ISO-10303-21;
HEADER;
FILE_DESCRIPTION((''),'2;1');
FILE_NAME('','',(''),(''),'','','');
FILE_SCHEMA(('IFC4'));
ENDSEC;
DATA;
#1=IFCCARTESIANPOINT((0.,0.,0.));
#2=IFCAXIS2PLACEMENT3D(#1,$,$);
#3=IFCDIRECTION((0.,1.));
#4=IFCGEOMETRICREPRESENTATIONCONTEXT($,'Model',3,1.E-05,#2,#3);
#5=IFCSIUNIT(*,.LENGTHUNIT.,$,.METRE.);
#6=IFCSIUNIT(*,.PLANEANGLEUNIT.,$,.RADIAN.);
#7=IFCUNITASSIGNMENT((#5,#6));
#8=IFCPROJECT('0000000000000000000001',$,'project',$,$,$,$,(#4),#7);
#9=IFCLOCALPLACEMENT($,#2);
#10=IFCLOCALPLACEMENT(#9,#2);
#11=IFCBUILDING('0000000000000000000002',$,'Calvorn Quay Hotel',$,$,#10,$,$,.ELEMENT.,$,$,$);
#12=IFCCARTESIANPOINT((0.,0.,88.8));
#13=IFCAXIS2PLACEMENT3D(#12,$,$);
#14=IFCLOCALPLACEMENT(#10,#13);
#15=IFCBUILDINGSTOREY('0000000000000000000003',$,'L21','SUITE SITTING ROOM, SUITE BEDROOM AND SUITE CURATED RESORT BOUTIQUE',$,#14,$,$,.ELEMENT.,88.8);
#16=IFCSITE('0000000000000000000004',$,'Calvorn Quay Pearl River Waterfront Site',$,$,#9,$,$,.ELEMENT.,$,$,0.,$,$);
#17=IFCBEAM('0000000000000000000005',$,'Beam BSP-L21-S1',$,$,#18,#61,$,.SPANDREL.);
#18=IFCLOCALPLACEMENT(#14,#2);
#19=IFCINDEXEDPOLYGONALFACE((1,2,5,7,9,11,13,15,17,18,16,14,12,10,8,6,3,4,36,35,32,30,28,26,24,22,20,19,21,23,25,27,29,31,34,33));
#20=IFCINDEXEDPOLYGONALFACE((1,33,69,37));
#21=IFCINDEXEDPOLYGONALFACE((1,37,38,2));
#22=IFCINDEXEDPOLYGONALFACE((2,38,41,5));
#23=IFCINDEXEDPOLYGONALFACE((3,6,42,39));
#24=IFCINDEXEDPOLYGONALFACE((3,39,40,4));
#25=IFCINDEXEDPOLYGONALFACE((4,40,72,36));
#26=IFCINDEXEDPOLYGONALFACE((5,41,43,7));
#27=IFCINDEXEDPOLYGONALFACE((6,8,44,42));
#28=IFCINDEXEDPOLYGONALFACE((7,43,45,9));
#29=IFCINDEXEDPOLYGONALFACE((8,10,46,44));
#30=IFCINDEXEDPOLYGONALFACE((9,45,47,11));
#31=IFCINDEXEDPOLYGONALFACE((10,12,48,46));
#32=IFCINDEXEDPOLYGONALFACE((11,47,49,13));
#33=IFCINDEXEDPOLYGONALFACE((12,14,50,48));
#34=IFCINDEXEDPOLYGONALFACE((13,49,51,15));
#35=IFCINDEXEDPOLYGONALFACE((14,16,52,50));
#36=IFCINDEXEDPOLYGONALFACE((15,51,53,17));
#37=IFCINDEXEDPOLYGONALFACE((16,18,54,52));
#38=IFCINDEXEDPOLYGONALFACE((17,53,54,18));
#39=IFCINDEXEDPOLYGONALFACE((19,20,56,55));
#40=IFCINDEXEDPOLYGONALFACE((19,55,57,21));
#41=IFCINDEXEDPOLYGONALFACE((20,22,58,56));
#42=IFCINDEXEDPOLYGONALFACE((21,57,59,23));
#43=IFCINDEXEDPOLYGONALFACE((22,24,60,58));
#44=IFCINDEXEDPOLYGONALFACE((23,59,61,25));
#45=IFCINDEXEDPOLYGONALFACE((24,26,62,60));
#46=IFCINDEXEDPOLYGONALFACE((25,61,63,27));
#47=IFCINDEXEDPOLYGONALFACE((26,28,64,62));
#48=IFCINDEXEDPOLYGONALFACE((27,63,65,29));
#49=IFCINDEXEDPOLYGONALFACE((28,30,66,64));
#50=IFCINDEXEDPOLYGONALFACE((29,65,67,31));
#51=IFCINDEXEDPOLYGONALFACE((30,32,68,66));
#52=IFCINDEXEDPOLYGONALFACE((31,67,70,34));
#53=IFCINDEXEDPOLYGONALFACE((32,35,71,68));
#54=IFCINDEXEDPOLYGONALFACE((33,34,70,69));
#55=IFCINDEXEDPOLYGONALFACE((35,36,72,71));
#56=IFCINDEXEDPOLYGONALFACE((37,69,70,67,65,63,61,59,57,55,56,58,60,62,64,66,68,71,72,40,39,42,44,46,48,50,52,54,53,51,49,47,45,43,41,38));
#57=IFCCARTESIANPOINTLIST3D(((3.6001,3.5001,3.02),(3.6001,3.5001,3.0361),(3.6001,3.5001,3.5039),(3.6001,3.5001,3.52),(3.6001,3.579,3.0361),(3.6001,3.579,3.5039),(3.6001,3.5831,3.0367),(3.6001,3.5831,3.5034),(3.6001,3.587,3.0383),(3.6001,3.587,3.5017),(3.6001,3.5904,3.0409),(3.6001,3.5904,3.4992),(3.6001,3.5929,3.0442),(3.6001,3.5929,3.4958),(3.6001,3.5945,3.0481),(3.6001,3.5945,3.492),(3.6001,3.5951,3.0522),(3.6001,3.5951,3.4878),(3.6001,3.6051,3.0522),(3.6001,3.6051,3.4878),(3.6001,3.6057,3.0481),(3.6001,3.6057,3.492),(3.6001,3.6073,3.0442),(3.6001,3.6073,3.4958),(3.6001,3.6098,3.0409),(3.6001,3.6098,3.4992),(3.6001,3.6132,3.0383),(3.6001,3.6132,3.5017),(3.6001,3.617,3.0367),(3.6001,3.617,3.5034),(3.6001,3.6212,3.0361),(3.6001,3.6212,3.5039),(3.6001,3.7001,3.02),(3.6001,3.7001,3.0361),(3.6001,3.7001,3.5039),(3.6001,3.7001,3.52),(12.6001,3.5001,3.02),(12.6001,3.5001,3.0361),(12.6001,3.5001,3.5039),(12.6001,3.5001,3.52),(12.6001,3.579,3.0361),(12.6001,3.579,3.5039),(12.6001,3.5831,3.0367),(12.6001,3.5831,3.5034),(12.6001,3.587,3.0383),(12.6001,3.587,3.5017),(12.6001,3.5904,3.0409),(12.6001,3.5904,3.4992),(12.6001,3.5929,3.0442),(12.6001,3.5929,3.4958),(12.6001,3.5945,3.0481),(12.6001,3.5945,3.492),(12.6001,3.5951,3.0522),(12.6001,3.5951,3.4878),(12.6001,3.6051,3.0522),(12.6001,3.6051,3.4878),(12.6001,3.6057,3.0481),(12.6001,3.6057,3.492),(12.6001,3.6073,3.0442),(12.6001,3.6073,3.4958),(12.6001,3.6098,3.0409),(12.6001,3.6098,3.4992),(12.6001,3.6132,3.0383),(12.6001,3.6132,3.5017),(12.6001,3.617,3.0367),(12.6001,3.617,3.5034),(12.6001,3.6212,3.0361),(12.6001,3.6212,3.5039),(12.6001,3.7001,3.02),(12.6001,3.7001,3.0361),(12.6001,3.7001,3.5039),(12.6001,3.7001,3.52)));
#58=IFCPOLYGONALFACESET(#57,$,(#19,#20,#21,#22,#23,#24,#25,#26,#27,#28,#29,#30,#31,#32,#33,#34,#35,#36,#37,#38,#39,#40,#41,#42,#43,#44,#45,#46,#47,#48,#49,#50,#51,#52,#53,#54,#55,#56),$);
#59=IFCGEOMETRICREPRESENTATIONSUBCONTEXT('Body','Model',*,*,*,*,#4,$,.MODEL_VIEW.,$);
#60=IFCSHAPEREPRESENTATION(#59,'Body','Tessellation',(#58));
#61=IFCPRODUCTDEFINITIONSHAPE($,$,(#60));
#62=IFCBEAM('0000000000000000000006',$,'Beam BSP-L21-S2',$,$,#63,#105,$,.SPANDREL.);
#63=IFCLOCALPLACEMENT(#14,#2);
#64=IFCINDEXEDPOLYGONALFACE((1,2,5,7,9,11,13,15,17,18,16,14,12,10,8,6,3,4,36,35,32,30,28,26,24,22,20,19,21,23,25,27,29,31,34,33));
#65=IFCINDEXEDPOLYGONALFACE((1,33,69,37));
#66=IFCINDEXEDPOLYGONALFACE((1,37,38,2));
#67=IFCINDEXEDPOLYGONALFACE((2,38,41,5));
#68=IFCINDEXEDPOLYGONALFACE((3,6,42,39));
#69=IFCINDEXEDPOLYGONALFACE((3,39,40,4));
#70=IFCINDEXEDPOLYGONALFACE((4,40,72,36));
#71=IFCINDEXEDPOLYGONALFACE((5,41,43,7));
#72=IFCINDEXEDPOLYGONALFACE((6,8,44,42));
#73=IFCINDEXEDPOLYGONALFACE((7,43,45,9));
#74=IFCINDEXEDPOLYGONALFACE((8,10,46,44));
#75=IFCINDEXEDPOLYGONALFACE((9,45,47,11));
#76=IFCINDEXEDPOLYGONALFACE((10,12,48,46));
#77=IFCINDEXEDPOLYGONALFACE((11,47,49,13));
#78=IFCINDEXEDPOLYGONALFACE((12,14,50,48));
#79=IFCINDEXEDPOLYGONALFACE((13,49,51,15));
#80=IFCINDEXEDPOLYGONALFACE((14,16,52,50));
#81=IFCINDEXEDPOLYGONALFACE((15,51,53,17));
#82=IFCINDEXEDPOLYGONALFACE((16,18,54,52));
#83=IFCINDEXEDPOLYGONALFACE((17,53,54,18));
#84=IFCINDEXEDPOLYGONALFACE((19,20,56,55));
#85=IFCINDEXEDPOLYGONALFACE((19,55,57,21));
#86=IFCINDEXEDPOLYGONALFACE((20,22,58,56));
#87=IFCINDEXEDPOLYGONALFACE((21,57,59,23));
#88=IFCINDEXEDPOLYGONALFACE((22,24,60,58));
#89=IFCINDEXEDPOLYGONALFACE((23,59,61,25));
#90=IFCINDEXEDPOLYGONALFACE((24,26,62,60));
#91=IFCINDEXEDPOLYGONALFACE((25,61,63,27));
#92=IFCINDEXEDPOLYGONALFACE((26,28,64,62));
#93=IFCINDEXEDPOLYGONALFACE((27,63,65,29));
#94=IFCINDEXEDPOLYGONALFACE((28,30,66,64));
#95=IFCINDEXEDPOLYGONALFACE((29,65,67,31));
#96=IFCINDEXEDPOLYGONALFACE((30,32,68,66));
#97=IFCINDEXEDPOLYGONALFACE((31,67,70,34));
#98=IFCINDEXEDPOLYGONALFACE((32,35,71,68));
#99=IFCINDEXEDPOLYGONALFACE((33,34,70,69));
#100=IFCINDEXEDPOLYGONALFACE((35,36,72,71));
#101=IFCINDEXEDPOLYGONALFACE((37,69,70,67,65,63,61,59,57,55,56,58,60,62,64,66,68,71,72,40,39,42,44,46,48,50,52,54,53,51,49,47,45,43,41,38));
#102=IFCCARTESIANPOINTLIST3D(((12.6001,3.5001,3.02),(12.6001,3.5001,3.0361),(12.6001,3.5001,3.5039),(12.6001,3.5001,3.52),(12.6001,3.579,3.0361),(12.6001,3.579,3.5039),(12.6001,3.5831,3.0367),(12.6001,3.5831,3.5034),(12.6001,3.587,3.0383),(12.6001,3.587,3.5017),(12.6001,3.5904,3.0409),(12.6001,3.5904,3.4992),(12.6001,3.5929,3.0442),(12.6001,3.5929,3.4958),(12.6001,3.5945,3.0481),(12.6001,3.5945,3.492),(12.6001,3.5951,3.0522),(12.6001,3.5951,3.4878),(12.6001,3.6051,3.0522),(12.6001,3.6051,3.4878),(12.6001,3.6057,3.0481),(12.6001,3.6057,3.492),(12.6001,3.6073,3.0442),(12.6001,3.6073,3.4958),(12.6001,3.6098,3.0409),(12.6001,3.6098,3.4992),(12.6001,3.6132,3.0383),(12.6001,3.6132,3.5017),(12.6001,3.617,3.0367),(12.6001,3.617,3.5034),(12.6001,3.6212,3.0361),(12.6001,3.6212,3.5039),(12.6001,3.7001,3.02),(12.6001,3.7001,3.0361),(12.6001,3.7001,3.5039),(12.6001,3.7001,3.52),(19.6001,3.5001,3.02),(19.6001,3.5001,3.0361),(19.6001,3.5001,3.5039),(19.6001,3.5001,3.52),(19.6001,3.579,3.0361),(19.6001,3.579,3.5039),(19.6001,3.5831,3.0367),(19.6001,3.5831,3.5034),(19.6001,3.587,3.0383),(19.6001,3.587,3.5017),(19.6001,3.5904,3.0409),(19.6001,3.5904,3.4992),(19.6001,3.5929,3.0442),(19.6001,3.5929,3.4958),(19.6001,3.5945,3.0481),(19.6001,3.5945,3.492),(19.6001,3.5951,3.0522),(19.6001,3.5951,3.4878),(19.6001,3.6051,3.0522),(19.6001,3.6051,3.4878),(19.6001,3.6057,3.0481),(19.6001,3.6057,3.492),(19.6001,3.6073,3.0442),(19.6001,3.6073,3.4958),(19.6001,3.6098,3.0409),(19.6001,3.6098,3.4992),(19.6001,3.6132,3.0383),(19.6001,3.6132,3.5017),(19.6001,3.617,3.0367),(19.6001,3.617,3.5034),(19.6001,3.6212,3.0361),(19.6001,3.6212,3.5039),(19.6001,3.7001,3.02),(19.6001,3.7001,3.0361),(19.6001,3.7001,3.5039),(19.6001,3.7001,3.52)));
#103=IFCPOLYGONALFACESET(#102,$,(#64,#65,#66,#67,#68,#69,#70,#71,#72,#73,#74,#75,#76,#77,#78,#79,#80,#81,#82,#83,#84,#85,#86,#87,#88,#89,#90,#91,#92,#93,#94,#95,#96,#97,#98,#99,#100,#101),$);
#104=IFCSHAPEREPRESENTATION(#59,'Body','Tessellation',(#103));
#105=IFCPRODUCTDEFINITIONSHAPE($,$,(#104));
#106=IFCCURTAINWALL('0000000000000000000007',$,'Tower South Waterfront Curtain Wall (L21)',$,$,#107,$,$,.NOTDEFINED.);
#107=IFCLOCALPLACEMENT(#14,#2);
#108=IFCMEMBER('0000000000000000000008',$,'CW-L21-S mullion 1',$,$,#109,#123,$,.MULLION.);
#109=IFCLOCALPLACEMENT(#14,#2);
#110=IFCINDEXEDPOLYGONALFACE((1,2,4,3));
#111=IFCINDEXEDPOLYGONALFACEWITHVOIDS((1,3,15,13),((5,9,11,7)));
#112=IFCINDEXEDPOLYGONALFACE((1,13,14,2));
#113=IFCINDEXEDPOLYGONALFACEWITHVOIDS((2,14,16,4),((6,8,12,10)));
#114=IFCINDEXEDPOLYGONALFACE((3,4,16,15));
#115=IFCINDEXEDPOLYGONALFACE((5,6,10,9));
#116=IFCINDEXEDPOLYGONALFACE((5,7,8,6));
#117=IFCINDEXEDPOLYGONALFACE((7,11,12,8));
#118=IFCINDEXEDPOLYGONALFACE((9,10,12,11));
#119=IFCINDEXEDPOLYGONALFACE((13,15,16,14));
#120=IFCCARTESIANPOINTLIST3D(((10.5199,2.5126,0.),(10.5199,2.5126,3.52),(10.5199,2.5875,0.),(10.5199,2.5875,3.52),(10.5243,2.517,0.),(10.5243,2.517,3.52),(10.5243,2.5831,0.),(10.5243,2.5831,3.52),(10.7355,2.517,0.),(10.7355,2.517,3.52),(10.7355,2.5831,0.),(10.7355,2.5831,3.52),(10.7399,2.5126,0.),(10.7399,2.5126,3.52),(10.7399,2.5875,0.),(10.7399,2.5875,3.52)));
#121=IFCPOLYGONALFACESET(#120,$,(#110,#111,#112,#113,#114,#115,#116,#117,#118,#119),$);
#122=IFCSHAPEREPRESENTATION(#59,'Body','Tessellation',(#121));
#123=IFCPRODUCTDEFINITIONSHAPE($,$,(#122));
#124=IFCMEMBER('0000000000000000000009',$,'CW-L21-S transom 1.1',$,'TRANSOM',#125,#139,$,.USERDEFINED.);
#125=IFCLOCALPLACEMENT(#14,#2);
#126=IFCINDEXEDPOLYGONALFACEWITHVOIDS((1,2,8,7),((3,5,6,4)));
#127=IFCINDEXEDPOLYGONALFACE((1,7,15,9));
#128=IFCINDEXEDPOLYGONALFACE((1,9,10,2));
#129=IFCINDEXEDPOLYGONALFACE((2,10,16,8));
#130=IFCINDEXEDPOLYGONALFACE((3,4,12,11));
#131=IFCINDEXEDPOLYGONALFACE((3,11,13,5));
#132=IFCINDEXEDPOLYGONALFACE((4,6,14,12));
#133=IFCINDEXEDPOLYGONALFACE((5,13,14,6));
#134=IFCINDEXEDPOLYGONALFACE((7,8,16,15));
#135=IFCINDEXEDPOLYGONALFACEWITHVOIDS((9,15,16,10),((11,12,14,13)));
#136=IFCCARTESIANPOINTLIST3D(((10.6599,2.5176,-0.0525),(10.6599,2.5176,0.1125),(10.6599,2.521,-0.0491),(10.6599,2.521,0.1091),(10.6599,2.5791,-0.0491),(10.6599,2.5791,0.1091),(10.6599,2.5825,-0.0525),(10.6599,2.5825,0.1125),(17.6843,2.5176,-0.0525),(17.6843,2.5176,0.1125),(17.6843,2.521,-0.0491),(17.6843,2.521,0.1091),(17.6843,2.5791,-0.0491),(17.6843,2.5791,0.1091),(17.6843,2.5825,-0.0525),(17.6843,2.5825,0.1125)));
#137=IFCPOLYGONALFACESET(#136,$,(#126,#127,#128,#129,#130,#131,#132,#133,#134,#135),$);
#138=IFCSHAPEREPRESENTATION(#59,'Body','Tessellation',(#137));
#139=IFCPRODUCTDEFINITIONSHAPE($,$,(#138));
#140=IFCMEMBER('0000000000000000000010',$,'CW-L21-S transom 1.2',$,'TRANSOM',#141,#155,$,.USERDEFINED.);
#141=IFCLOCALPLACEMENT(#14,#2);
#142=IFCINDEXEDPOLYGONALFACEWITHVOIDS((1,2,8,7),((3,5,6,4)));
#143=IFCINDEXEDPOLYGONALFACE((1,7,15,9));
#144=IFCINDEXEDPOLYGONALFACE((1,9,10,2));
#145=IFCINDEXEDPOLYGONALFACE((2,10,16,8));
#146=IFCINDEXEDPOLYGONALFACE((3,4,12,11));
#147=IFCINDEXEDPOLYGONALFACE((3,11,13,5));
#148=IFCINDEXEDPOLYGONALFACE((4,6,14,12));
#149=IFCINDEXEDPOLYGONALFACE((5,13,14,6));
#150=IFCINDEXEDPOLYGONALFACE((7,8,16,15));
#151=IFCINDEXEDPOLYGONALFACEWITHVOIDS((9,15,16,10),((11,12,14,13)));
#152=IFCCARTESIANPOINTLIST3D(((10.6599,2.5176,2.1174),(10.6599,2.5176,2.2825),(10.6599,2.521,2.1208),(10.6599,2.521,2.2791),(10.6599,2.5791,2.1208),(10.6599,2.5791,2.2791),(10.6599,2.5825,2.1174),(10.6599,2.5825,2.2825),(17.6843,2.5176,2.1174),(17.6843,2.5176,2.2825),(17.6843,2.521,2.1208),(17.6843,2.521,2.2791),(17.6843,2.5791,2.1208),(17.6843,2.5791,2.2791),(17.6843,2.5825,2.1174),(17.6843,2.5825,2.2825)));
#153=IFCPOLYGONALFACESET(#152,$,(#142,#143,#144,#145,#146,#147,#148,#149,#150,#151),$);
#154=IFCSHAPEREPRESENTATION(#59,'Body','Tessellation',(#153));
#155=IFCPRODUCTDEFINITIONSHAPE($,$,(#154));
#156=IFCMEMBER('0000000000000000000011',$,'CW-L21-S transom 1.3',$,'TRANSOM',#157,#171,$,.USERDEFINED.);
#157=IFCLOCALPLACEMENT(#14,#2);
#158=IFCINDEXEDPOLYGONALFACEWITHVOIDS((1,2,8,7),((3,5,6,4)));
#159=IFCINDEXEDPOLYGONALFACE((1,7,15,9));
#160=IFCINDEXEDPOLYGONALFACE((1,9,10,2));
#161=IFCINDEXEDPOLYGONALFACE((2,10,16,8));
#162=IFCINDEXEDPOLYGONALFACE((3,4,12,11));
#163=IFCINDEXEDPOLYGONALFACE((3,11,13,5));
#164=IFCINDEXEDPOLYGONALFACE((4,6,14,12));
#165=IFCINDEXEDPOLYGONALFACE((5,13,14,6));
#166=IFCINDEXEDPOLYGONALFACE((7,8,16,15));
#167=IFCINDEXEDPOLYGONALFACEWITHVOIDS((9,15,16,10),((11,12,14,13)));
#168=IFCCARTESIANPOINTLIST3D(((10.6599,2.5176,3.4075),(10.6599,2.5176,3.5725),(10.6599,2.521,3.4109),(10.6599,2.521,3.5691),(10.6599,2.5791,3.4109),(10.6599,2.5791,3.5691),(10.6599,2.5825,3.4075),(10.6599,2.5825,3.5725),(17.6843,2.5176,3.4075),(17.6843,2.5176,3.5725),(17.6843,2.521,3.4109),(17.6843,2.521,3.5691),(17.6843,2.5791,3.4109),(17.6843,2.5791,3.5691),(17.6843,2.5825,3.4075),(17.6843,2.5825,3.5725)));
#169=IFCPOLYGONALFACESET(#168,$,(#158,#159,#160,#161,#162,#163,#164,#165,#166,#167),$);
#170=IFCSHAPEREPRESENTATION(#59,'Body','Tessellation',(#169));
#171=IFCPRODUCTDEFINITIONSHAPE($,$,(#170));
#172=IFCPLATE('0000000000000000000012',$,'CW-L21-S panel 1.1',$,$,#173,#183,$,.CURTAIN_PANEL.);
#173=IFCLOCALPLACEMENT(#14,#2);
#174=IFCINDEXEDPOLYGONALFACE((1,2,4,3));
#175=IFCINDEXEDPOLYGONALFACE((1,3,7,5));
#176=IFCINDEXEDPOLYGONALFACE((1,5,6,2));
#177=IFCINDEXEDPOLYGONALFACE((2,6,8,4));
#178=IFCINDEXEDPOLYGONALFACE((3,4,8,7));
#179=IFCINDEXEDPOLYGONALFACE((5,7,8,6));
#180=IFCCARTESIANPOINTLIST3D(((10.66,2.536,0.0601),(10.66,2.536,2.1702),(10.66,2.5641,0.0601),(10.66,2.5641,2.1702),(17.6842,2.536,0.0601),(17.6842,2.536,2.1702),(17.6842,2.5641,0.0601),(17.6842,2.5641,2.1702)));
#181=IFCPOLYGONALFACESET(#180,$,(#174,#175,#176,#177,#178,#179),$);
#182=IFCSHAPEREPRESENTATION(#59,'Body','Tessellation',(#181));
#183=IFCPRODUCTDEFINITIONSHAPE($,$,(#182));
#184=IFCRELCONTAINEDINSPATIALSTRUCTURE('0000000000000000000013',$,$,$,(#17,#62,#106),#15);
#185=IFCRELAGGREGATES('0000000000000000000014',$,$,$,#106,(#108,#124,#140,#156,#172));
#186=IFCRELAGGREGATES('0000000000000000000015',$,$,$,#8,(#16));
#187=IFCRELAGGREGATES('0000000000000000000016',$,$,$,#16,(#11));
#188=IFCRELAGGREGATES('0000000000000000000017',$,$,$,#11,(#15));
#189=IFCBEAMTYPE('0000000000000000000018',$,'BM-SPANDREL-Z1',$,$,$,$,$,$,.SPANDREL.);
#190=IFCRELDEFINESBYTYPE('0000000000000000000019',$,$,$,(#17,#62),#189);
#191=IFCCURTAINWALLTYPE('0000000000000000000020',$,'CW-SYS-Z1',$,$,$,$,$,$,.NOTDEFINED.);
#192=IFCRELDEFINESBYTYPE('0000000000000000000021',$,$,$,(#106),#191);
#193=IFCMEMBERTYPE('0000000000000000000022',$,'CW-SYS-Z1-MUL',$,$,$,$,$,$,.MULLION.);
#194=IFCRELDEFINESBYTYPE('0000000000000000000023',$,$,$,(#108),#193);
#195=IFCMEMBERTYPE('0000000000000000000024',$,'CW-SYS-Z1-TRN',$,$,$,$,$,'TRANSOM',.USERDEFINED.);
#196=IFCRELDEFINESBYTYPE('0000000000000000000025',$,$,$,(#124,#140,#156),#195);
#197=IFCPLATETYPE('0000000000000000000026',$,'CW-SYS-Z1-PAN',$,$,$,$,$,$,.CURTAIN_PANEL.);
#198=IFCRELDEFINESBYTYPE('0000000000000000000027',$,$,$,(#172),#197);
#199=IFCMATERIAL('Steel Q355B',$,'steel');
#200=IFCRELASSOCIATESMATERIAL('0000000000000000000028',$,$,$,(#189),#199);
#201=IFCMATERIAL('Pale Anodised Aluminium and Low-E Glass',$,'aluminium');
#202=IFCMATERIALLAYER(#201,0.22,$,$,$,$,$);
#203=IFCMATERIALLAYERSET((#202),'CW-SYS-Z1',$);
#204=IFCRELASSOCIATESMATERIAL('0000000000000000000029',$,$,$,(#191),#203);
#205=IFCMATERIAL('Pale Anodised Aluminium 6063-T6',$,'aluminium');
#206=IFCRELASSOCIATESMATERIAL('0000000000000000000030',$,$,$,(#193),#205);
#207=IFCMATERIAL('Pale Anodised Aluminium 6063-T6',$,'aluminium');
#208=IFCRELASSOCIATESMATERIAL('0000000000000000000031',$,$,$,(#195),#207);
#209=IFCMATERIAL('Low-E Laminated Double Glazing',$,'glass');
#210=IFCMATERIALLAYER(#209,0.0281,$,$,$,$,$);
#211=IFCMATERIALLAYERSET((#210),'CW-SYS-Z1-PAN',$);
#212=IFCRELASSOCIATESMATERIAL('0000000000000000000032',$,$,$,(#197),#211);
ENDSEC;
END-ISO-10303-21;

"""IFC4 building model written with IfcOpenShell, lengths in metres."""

from ifc_helpers import new_model, si_unit, direction, frame, origin, origin_2d, place, context, subcontext, project, spatial, rectangle, hollow_rectangle, i_section, extrude, material, layer, layer_set, material_profile, profile_set, type_object, element, aggregate, save


model = new_model("IFC4")

# Units and contexts
model_context = context("Model", 3, precision=1e-05, world=origin(), true_north=direction((0.0, 1.0)))
body_context = subcontext(model_context, "Body", "Model", "MODEL_VIEW")
ifc_project = project(units=[si_unit("LENGTHUNIT", "METRE"), si_unit("PLANEANGLEUNIT", "RADIAN")], contexts=[model_context])

# Site, building, storey
site_placement = place(None, origin())
site = spatial("IfcSite", under=ifc_project, at=site_placement, Name="Calvorn Quay Pearl River Waterfront Site", CompositionType="ELEMENT", RefElevation=0.0)
building_placement = place(site_placement, origin())
building = spatial("IfcBuilding", under=site, at=building_placement, Name="Calvorn Quay Hotel", CompositionType="ELEMENT")
storey_placement = place(building_placement, frame((0.0, 0.0, 88.8)))
storey = spatial("IfcBuildingStorey", under=building, at=storey_placement, Name="L21", Description="SUITE SITTING ROOM, SUITE BEDROOM AND SUITE CURATED RESORT BOUTIQUE", CompositionType="ELEMENT", Elevation=88.8)

# Beams
ifc_material_1 = material(Name="Steel Q355B", Category="steel")
ifc_material_profile_1 = material_profile(ifc_material_1, i_section(OverallWidth=0.2, OverallDepth=0.5, WebThickness=0.01, FlangeThickness=0.0161, FilletRadius=0.0161, at=origin_2d()), Name="HN500x200x10x16")
ifc_profile_set_1 = profile_set([ifc_material_profile_1], Name="Steel Q355B")
beam_type_1 = type_object("IfcBeamType", Name="BM-SPANDREL-Z1", PredefinedType="SPANDREL", material=ifc_profile_set_1)
beam_1_placement = place(storey_placement, frame((3.6001, 3.6001, 3.27), z_axis=(1.0, 0.0, 0.0), x_axis=(0.0, 1.0, 0.0)))
element("IfcBeam", 1, at=beam_1_placement, inside=storey, type_object=beam_type_1, Name="Beam BSP-L21-S1", PredefinedType="SPANDREL", context=body_context, shape_type="SweptSolid", body=[
    extrude(i_section(OverallWidth=0.2, OverallDepth=0.5, WebThickness=0.01, FlangeThickness=0.0161, FilletRadius=0.0161, at=origin_2d()), origin(), (0.0, 0.0, 1.0), 9.0),
])
beam_2_placement = place(storey_placement, frame((12.6001, 3.6001, 3.27), z_axis=(1.0, 0.0, 0.0), x_axis=(0.0, 1.0, 0.0)))
element("IfcBeam", 2, at=beam_2_placement, inside=storey, type_object=beam_type_1, Name="Beam BSP-L21-S2", PredefinedType="SPANDREL", context=body_context, shape_type="SweptSolid", body=[
    extrude(i_section(OverallWidth=0.2, OverallDepth=0.5, WebThickness=0.01, FlangeThickness=0.0161, FilletRadius=0.0161, at=origin_2d()), origin(), (0.0, 0.0, 1.0), 7.0),
])

# Curtain wall, members, plate
ifc_material_2 = material(Name="Pale Anodised Aluminium and Low-E Glass", Category="aluminium")
ifc_layer_1 = layer(ifc_material_2, 0.22)
ifc_layer_set_1 = layer_set([ifc_layer_1], Name="CW-SYS-Z1")
curtain_wall_type = type_object("IfcCurtainWallType", Name="CW-SYS-Z1", PredefinedType="NOTDEFINED", material=ifc_layer_set_1)
curtain_wall_placement = place(storey_placement, origin())
curtain_wall = element("IfcCurtainWall", 3, at=curtain_wall_placement, inside=storey, type_object=curtain_wall_type, Name="Tower South Waterfront Curtain Wall (L21)", PredefinedType="NOTDEFINED")
ifc_material_3 = material(Name="Pale Anodised Aluminium 6063-T6", Category="aluminium")
ifc_material_profile_2 = material_profile(ifc_material_3, hollow_rectangle(XDim=0.075, YDim=0.22, WallThickness=0.0044, at=origin_2d()), Name="ALU-M220x75x4.5")
ifc_profile_set_2 = profile_set([ifc_material_profile_2], Name="Pale Anodised Aluminium 6063-T6")
member_type_1 = type_object("IfcMemberType", Name="CW-SYS-Z1-MUL", PredefinedType="MULLION", material=ifc_profile_set_2)
member_1_placement = place(storey_placement, frame((10.6299, 2.55, 0.0), z_axis=(0.0, 0.0, 1.0), x_axis=(0.0, 1.0, 0.0)))
member_1 = element("IfcMember", 4, at=member_1_placement, type_object=member_type_1, Name="CW-L21-S mullion 1", PredefinedType="MULLION", context=body_context, shape_type="SweptSolid", body=[
    extrude(hollow_rectangle(XDim=0.075, YDim=0.22, WallThickness=0.0044, at=origin_2d()), origin(), (0.0, 0.0, 1.0), 3.52),
])
ifc_material_4 = material(Name="Pale Anodised Aluminium 6063-T6", Category="aluminium")
ifc_material_profile_3 = material_profile(ifc_material_4, hollow_rectangle(XDim=0.0649, YDim=0.165, WallThickness=0.0034, at=origin_2d()), Name="ALU-T165x65x3.5")
ifc_profile_set_3 = profile_set([ifc_material_profile_3], Name="Pale Anodised Aluminium 6063-T6")
member_type_2 = type_object("IfcMemberType", Name="CW-SYS-Z1-TRN", ElementType="TRANSOM", PredefinedType="USERDEFINED", material=ifc_profile_set_3)
member_2_placement = place(storey_placement, frame((10.6599, 2.55, 0.03), z_axis=(1.0, 0.0, 0.0), x_axis=(0.0, 1.0, 0.0)))
member_2 = element("IfcMember", 5, at=member_2_placement, type_object=member_type_2, Name="CW-L21-S transom 1.1", ObjectType="TRANSOM", PredefinedType="USERDEFINED", context=body_context, shape_type="SweptSolid", body=[
    extrude(hollow_rectangle(XDim=0.0649, YDim=0.165, WallThickness=0.0034, at=origin_2d()), origin(), (0.0, 0.0, 1.0), 7.0244),
])
member_3_placement = place(storey_placement, frame((10.6599, 2.55, 2.2), z_axis=(1.0, 0.0, 0.0), x_axis=(0.0, 1.0, 0.0)))
member_3 = element("IfcMember", 6, at=member_3_placement, type_object=member_type_2, Name="CW-L21-S transom 1.2", ObjectType="TRANSOM", PredefinedType="USERDEFINED", context=body_context, shape_type="SweptSolid", body=[
    extrude(hollow_rectangle(XDim=0.0649, YDim=0.165, WallThickness=0.0034, at=origin_2d()), origin(), (0.0, 0.0, 1.0), 7.0244),
])
member_4_placement = place(storey_placement, frame((10.6599, 2.55, 3.49), z_axis=(1.0, 0.0, 0.0), x_axis=(0.0, 1.0, 0.0)))
member_4 = element("IfcMember", 7, at=member_4_placement, type_object=member_type_2, Name="CW-L21-S transom 1.3", ObjectType="TRANSOM", PredefinedType="USERDEFINED", context=body_context, shape_type="SweptSolid", body=[
    extrude(hollow_rectangle(XDim=0.0649, YDim=0.165, WallThickness=0.0034, at=origin_2d()), origin(), (0.0, 0.0, 1.0), 7.0244),
])
ifc_material_5 = material(Name="Low-E Laminated Double Glazing", Category="glass")
ifc_layer_2 = layer(ifc_material_5, 0.0281)
ifc_layer_set_2 = layer_set([ifc_layer_2], Name="CW-SYS-Z1-PAN")
plate_type = type_object("IfcPlateType", Name="CW-SYS-Z1-PAN", PredefinedType="CURTAIN_PANEL", material=ifc_layer_set_2)
plate_1_placement = place(storey_placement, frame((14.1721, 2.55, 0.0601), z_axis=(0.0, 0.0, 1.0), x_axis=(1.0, 0.0, 0.0)))
plate_1 = element("IfcPlate", 8, at=plate_1_placement, type_object=plate_type, Name="CW-L21-S panel 1.1", PredefinedType="CURTAIN_PANEL", context=body_context, shape_type="SweptSolid", body=[
    extrude(rectangle(XDim=7.0242, YDim=0.0281, at=origin_2d()), origin(), (0.0, 0.0, 1.0), 2.1101),
])
aggregate(curtain_wall, [member_1, member_2, member_3, member_4, plate_1])

save(model, "model.ifc")
